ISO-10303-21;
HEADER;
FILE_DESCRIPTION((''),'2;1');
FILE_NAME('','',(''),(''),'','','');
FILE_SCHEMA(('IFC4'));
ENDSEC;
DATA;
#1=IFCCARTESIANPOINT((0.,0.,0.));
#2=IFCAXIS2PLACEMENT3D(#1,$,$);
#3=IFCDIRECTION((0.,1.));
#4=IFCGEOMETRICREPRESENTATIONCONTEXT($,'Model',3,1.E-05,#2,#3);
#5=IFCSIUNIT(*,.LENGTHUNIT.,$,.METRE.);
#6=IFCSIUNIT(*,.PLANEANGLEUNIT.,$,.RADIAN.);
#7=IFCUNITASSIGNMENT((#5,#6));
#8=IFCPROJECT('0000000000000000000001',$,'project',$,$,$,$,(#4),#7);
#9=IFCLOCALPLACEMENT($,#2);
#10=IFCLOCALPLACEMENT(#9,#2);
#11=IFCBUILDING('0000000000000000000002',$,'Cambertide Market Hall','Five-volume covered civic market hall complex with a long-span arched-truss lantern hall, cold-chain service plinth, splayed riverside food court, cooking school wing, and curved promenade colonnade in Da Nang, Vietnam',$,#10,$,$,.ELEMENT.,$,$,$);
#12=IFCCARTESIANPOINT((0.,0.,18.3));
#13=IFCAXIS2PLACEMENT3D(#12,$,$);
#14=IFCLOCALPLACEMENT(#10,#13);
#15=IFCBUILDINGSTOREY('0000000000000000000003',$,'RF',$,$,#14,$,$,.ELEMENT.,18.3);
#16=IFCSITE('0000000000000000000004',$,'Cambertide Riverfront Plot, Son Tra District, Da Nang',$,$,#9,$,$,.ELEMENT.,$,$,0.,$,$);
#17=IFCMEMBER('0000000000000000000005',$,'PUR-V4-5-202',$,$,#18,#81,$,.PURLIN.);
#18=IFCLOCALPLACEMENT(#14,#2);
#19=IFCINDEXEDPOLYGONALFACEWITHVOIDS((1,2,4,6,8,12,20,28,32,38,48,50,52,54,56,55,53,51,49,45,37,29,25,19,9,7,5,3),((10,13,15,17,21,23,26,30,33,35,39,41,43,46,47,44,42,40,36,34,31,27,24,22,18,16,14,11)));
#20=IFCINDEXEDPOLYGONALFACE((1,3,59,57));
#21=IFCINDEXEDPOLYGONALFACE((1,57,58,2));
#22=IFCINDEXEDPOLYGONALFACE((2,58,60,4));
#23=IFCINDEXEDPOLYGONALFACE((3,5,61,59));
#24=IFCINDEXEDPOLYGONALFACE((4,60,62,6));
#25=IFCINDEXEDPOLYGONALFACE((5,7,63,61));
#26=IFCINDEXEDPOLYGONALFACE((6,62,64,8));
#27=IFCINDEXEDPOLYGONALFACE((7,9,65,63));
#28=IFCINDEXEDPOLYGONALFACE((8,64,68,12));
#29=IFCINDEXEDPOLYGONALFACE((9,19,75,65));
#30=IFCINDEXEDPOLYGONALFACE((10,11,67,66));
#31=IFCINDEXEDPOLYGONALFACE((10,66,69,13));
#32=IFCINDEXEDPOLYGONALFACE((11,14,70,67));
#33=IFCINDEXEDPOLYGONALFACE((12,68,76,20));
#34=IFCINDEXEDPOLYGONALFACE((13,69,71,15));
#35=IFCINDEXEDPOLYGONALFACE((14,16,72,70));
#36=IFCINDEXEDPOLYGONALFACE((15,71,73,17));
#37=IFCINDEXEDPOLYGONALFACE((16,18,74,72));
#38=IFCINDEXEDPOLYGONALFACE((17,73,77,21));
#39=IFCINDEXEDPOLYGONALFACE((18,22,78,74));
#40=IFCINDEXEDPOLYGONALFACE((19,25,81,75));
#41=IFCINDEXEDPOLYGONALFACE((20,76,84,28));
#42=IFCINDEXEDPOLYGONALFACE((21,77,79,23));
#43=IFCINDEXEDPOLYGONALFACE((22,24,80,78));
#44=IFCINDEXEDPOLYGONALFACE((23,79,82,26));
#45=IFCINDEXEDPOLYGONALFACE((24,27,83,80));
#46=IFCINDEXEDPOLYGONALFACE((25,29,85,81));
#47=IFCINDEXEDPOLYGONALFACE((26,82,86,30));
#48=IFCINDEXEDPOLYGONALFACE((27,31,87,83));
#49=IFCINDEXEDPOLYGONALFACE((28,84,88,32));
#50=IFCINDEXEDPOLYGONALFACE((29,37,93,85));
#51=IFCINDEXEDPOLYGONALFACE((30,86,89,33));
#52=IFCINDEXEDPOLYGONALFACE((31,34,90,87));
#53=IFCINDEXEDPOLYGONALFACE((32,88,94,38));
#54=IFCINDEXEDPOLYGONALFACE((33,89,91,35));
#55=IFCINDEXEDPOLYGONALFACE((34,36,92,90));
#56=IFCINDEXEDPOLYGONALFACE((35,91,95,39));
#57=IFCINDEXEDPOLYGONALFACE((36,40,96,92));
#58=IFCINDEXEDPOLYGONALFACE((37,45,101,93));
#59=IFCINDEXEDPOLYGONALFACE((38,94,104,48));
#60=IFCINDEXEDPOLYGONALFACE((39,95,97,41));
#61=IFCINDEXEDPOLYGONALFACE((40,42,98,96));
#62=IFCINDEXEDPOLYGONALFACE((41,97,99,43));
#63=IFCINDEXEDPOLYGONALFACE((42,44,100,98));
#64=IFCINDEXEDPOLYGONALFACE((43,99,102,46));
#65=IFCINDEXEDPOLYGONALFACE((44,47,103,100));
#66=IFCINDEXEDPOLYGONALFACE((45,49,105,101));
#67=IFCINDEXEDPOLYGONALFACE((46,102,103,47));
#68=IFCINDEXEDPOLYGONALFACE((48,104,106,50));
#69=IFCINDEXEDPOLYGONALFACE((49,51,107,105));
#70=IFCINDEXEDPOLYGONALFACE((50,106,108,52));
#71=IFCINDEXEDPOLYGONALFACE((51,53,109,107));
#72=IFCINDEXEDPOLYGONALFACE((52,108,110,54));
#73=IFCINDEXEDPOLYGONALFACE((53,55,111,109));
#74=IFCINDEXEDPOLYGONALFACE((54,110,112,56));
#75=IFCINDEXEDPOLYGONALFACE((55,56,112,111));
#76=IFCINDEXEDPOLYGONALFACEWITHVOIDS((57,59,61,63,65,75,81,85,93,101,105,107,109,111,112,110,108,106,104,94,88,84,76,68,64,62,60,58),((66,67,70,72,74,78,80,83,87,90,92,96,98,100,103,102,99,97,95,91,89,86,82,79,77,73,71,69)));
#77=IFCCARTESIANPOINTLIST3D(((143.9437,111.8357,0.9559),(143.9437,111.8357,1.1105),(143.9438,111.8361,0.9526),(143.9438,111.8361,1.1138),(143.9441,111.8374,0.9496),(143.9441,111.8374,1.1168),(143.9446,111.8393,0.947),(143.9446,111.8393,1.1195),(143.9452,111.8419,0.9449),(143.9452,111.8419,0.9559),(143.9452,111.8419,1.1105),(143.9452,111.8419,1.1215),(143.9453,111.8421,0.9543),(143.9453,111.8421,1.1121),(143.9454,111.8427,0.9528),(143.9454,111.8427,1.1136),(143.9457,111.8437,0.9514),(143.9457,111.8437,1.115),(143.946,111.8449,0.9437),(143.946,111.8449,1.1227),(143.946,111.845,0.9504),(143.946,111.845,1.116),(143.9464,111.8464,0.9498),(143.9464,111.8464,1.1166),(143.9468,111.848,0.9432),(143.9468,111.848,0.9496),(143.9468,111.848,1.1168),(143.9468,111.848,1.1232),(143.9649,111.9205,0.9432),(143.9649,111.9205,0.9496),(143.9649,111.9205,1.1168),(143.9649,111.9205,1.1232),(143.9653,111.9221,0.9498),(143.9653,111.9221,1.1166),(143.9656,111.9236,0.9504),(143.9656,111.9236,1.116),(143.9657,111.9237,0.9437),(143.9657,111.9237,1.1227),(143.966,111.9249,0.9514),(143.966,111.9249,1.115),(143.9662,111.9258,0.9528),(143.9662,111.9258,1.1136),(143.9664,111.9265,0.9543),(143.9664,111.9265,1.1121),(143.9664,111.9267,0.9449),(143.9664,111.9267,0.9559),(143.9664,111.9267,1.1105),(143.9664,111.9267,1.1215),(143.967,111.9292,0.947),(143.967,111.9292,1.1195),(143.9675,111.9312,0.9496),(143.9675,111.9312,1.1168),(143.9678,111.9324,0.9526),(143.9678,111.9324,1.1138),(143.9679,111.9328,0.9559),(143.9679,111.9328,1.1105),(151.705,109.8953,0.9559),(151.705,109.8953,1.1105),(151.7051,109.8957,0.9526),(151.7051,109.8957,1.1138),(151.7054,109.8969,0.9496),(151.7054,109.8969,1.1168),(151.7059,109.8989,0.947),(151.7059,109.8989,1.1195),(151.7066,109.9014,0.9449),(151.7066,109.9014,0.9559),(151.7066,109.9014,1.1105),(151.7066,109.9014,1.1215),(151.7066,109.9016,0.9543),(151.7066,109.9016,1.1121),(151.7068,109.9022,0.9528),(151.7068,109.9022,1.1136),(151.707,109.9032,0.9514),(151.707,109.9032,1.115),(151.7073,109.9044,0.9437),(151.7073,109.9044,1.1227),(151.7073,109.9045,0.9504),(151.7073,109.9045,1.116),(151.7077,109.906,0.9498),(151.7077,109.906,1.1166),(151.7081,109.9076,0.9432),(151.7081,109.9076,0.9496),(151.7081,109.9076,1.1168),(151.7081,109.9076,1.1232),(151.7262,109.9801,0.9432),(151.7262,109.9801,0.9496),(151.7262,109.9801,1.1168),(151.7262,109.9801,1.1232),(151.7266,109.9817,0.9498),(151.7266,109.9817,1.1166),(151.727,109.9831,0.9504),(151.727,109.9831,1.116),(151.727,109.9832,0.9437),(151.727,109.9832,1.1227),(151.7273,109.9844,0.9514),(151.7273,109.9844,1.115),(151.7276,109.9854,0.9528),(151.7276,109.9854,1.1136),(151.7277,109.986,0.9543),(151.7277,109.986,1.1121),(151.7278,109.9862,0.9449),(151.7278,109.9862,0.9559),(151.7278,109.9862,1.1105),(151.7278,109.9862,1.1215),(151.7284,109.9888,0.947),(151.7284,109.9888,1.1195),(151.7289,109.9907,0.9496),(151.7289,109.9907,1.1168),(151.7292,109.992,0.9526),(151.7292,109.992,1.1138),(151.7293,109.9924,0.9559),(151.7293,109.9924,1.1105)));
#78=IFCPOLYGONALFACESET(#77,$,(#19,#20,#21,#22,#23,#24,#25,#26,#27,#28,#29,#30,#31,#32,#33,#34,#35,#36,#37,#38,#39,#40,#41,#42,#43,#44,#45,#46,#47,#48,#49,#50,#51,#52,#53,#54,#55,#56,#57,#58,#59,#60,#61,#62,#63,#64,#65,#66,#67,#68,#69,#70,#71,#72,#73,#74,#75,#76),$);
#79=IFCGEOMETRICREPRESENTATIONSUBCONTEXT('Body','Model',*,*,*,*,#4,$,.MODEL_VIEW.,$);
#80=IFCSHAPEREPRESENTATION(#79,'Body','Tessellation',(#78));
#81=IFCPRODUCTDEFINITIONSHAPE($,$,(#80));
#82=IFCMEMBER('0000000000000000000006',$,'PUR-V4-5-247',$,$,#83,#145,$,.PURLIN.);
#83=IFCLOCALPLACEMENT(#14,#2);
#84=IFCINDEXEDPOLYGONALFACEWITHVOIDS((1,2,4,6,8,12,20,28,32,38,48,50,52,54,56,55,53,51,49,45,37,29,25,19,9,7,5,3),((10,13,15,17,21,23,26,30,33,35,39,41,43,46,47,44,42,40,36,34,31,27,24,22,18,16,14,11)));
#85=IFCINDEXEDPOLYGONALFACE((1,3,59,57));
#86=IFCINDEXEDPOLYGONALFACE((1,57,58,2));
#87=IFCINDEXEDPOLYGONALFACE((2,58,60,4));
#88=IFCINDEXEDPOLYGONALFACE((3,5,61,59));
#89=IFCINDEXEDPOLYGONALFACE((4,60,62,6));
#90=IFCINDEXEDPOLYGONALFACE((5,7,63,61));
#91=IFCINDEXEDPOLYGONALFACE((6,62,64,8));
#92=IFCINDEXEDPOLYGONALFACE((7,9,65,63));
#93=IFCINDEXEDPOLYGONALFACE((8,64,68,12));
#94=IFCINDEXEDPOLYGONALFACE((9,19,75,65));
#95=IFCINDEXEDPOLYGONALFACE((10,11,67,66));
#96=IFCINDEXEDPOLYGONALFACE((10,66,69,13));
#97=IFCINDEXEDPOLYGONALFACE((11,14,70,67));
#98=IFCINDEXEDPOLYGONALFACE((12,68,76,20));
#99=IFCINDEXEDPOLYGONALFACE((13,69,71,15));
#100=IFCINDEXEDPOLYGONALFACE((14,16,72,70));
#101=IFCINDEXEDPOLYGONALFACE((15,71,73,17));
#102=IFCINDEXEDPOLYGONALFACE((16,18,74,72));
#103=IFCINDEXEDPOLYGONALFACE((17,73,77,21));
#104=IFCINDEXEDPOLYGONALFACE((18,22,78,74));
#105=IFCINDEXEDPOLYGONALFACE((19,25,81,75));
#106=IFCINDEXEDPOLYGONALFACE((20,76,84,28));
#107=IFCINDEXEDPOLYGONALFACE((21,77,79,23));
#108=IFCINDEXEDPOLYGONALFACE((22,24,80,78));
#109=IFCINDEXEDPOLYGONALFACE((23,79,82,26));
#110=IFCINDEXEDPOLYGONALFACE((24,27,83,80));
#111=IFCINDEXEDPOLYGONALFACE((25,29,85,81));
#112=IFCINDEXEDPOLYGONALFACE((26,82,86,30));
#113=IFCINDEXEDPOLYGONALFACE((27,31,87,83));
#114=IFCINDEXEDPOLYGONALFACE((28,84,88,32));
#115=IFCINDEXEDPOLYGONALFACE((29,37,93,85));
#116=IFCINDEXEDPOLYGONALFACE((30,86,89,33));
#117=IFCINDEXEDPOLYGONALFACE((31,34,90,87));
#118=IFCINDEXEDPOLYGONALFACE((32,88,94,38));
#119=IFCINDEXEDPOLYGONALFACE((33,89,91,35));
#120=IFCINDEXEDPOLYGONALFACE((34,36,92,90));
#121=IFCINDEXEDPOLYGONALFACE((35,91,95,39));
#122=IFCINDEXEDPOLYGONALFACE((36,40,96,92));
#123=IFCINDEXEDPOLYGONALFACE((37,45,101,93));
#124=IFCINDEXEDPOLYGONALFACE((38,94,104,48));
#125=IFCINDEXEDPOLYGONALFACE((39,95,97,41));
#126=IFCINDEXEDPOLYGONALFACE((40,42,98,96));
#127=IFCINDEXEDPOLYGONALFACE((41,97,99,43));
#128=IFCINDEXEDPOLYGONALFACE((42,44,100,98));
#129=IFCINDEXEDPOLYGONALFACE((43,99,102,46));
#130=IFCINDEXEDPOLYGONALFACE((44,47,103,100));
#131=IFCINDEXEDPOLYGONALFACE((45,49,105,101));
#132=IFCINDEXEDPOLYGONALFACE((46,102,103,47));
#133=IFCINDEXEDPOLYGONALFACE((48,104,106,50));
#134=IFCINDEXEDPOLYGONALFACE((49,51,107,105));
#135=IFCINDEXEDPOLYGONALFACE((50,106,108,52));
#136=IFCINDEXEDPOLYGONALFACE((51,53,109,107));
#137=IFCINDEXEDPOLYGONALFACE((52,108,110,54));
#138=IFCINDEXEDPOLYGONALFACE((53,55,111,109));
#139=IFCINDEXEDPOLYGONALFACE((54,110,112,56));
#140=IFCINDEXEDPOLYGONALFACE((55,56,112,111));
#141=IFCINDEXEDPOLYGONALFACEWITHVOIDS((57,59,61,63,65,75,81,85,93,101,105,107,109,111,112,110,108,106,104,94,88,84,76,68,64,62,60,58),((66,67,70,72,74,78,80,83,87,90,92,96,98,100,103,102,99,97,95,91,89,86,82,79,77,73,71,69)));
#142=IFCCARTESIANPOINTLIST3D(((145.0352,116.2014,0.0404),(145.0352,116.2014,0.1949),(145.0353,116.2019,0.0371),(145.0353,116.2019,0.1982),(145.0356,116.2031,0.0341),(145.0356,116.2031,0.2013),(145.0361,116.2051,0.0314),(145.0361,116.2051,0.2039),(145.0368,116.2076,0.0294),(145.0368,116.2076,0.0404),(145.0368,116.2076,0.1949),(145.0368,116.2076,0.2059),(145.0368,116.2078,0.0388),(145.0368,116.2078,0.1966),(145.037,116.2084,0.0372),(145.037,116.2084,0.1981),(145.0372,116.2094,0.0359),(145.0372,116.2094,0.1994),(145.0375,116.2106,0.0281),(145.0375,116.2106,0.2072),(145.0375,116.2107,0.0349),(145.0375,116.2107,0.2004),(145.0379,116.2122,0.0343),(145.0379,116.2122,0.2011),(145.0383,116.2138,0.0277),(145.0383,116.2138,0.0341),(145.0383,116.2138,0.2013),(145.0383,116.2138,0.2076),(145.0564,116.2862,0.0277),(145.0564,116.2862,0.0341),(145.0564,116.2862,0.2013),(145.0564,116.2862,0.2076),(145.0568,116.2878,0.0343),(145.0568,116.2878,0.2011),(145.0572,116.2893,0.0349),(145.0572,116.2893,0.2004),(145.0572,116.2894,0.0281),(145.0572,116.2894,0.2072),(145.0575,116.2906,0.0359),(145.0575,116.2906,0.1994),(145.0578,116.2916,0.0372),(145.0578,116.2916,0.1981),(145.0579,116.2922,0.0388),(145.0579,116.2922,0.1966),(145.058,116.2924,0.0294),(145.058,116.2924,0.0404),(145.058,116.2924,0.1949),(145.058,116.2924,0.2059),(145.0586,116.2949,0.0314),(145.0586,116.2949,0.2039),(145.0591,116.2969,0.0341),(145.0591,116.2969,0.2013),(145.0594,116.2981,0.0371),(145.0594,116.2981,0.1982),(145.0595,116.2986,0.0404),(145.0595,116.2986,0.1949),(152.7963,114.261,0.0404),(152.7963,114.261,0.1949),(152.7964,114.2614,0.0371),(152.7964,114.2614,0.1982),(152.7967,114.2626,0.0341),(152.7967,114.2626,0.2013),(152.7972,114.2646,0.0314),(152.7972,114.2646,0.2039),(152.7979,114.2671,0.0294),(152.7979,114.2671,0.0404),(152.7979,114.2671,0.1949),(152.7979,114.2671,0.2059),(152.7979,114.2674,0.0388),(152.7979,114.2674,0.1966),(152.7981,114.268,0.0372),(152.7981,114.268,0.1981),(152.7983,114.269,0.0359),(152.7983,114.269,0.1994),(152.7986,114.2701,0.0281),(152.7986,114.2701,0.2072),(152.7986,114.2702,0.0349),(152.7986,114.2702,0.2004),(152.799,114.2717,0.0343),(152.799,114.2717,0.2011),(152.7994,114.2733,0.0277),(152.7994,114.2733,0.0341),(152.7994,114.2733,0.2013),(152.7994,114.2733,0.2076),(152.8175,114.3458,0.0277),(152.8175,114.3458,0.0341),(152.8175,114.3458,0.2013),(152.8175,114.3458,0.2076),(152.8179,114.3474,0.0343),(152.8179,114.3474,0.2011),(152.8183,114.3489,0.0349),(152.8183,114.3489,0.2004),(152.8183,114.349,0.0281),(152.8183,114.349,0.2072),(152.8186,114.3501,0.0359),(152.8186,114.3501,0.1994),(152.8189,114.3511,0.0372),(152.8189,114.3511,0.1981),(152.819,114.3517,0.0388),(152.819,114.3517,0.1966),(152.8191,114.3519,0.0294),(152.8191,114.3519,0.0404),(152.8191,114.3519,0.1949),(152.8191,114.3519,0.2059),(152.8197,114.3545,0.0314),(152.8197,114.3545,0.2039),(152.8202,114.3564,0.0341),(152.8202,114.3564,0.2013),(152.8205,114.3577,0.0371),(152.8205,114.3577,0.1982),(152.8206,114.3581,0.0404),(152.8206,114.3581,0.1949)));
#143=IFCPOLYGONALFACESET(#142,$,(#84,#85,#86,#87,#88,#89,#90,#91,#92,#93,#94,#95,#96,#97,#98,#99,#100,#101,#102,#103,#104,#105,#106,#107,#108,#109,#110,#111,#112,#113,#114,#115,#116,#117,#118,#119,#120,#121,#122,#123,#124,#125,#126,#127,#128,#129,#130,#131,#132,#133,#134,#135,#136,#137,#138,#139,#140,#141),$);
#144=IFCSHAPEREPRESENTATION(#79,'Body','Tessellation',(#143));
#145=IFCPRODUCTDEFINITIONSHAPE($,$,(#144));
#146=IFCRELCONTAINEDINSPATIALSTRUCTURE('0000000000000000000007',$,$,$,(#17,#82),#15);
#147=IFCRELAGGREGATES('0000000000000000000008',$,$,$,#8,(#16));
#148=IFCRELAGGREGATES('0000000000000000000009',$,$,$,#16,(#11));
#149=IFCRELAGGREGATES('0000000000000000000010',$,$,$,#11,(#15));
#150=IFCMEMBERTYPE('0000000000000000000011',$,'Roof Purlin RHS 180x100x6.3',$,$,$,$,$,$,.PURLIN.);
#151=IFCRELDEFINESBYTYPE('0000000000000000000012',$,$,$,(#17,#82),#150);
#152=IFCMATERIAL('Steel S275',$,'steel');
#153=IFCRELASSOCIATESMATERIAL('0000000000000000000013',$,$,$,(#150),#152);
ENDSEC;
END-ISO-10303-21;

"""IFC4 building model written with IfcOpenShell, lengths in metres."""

from ifc_helpers import new_model, si_unit, direction, frame, origin, origin_2d, place, context, subcontext, project, spatial, hollow_rectangle, extrude, material, material_profile, profile_set, type_object, element, save


model = new_model("IFC4")

# Units and contexts
model_context = context("Model", 3, precision=1e-05, world=origin(), true_north=direction((0.0, 1.0)))
body_context = subcontext(model_context, "Body", "Model", "MODEL_VIEW")
ifc_project = project(units=[si_unit("LENGTHUNIT", "METRE"), si_unit("PLANEANGLEUNIT", "RADIAN")], contexts=[model_context])

# Site, building, storey
site_placement = place(None, origin())
site = spatial("IfcSite", under=ifc_project, at=site_placement, Name="Cambertide Riverfront Plot, Son Tra District, Da Nang", CompositionType="ELEMENT", RefElevation=0.0)
building_placement = place(site_placement, origin())
building = spatial("IfcBuilding", under=site, at=building_placement, Name="Cambertide Market Hall", Description="Five-volume covered civic market hall complex with a long-span arched-truss lantern hall, cold-chain service plinth, splayed riverside food court, cooking school wing, and curved promenade colonnade in Da Nang, Vietnam", CompositionType="ELEMENT")
storey_placement = place(building_placement, frame((0.0, 0.0, 18.3)))
storey = spatial("IfcBuildingStorey", under=building, at=storey_placement, Name="RF", CompositionType="ELEMENT", Elevation=18.3)

# Members
ifc_material_1 = material(Name="Steel S275", Category="steel")
ifc_material_profile_1 = material_profile(ifc_material_1, hollow_rectangle(XDim=0.1001, YDim=0.1799, WallThickness=0.0063, InnerFilletRadius=0.0063, OuterFilletRadius=0.0127, at=origin_2d()), Name="RHS 180x100x6.3")
ifc_profile_set_1 = profile_set([ifc_material_profile_1], Name="Steel S275")
member_type_1 = type_object("IfcMemberType", Name="Roof Purlin RHS 180x100x6.3", PredefinedType="PURLIN", material=ifc_profile_set_1)
member_1_placement = place(storey_placement, frame((143.9558, 111.8843, 1.0332), z_axis=(0.970139, -0.24255, 0.0), x_axis=(0.24255, 0.970139, 0.0)))
element("IfcMember", 1, at=member_1_placement, inside=storey, type_object=member_type_1, Name="PUR-V4-5-202", PredefinedType="PURLIN", context=body_context, shape_type="SweptSolid", body=[
    extrude(hollow_rectangle(XDim=0.1001, YDim=0.1799, WallThickness=0.0063, InnerFilletRadius=0.0063, OuterFilletRadius=0.0127, at=origin_2d()), origin(), (0.0, 0.0, 1.0), 8.0002),
])
for number, where, z_axis, x_axis, name in (
    (2, (145.0474, 116.25, 0.1177), (0.970137, -0.242557, 0.0), (0.242557, 0.970137, 0.0), "PUR-V4-5-247"),
):
    element("IfcMember", number, at=place(storey_placement, frame(where, z_axis=z_axis, x_axis=x_axis)), inside=storey, type_object=member_type_1, Name=name, PredefinedType="PURLIN", context=body_context, shape_type="SweptSolid", body=[
        extrude(hollow_rectangle(XDim=0.1001, YDim=0.1799, WallThickness=0.0063, InnerFilletRadius=0.0063, OuterFilletRadius=0.0127, at=origin_2d()), origin(), (0.0, 0.0, 1.0), 8.0),
    ])

save(model, "model.ifc")
